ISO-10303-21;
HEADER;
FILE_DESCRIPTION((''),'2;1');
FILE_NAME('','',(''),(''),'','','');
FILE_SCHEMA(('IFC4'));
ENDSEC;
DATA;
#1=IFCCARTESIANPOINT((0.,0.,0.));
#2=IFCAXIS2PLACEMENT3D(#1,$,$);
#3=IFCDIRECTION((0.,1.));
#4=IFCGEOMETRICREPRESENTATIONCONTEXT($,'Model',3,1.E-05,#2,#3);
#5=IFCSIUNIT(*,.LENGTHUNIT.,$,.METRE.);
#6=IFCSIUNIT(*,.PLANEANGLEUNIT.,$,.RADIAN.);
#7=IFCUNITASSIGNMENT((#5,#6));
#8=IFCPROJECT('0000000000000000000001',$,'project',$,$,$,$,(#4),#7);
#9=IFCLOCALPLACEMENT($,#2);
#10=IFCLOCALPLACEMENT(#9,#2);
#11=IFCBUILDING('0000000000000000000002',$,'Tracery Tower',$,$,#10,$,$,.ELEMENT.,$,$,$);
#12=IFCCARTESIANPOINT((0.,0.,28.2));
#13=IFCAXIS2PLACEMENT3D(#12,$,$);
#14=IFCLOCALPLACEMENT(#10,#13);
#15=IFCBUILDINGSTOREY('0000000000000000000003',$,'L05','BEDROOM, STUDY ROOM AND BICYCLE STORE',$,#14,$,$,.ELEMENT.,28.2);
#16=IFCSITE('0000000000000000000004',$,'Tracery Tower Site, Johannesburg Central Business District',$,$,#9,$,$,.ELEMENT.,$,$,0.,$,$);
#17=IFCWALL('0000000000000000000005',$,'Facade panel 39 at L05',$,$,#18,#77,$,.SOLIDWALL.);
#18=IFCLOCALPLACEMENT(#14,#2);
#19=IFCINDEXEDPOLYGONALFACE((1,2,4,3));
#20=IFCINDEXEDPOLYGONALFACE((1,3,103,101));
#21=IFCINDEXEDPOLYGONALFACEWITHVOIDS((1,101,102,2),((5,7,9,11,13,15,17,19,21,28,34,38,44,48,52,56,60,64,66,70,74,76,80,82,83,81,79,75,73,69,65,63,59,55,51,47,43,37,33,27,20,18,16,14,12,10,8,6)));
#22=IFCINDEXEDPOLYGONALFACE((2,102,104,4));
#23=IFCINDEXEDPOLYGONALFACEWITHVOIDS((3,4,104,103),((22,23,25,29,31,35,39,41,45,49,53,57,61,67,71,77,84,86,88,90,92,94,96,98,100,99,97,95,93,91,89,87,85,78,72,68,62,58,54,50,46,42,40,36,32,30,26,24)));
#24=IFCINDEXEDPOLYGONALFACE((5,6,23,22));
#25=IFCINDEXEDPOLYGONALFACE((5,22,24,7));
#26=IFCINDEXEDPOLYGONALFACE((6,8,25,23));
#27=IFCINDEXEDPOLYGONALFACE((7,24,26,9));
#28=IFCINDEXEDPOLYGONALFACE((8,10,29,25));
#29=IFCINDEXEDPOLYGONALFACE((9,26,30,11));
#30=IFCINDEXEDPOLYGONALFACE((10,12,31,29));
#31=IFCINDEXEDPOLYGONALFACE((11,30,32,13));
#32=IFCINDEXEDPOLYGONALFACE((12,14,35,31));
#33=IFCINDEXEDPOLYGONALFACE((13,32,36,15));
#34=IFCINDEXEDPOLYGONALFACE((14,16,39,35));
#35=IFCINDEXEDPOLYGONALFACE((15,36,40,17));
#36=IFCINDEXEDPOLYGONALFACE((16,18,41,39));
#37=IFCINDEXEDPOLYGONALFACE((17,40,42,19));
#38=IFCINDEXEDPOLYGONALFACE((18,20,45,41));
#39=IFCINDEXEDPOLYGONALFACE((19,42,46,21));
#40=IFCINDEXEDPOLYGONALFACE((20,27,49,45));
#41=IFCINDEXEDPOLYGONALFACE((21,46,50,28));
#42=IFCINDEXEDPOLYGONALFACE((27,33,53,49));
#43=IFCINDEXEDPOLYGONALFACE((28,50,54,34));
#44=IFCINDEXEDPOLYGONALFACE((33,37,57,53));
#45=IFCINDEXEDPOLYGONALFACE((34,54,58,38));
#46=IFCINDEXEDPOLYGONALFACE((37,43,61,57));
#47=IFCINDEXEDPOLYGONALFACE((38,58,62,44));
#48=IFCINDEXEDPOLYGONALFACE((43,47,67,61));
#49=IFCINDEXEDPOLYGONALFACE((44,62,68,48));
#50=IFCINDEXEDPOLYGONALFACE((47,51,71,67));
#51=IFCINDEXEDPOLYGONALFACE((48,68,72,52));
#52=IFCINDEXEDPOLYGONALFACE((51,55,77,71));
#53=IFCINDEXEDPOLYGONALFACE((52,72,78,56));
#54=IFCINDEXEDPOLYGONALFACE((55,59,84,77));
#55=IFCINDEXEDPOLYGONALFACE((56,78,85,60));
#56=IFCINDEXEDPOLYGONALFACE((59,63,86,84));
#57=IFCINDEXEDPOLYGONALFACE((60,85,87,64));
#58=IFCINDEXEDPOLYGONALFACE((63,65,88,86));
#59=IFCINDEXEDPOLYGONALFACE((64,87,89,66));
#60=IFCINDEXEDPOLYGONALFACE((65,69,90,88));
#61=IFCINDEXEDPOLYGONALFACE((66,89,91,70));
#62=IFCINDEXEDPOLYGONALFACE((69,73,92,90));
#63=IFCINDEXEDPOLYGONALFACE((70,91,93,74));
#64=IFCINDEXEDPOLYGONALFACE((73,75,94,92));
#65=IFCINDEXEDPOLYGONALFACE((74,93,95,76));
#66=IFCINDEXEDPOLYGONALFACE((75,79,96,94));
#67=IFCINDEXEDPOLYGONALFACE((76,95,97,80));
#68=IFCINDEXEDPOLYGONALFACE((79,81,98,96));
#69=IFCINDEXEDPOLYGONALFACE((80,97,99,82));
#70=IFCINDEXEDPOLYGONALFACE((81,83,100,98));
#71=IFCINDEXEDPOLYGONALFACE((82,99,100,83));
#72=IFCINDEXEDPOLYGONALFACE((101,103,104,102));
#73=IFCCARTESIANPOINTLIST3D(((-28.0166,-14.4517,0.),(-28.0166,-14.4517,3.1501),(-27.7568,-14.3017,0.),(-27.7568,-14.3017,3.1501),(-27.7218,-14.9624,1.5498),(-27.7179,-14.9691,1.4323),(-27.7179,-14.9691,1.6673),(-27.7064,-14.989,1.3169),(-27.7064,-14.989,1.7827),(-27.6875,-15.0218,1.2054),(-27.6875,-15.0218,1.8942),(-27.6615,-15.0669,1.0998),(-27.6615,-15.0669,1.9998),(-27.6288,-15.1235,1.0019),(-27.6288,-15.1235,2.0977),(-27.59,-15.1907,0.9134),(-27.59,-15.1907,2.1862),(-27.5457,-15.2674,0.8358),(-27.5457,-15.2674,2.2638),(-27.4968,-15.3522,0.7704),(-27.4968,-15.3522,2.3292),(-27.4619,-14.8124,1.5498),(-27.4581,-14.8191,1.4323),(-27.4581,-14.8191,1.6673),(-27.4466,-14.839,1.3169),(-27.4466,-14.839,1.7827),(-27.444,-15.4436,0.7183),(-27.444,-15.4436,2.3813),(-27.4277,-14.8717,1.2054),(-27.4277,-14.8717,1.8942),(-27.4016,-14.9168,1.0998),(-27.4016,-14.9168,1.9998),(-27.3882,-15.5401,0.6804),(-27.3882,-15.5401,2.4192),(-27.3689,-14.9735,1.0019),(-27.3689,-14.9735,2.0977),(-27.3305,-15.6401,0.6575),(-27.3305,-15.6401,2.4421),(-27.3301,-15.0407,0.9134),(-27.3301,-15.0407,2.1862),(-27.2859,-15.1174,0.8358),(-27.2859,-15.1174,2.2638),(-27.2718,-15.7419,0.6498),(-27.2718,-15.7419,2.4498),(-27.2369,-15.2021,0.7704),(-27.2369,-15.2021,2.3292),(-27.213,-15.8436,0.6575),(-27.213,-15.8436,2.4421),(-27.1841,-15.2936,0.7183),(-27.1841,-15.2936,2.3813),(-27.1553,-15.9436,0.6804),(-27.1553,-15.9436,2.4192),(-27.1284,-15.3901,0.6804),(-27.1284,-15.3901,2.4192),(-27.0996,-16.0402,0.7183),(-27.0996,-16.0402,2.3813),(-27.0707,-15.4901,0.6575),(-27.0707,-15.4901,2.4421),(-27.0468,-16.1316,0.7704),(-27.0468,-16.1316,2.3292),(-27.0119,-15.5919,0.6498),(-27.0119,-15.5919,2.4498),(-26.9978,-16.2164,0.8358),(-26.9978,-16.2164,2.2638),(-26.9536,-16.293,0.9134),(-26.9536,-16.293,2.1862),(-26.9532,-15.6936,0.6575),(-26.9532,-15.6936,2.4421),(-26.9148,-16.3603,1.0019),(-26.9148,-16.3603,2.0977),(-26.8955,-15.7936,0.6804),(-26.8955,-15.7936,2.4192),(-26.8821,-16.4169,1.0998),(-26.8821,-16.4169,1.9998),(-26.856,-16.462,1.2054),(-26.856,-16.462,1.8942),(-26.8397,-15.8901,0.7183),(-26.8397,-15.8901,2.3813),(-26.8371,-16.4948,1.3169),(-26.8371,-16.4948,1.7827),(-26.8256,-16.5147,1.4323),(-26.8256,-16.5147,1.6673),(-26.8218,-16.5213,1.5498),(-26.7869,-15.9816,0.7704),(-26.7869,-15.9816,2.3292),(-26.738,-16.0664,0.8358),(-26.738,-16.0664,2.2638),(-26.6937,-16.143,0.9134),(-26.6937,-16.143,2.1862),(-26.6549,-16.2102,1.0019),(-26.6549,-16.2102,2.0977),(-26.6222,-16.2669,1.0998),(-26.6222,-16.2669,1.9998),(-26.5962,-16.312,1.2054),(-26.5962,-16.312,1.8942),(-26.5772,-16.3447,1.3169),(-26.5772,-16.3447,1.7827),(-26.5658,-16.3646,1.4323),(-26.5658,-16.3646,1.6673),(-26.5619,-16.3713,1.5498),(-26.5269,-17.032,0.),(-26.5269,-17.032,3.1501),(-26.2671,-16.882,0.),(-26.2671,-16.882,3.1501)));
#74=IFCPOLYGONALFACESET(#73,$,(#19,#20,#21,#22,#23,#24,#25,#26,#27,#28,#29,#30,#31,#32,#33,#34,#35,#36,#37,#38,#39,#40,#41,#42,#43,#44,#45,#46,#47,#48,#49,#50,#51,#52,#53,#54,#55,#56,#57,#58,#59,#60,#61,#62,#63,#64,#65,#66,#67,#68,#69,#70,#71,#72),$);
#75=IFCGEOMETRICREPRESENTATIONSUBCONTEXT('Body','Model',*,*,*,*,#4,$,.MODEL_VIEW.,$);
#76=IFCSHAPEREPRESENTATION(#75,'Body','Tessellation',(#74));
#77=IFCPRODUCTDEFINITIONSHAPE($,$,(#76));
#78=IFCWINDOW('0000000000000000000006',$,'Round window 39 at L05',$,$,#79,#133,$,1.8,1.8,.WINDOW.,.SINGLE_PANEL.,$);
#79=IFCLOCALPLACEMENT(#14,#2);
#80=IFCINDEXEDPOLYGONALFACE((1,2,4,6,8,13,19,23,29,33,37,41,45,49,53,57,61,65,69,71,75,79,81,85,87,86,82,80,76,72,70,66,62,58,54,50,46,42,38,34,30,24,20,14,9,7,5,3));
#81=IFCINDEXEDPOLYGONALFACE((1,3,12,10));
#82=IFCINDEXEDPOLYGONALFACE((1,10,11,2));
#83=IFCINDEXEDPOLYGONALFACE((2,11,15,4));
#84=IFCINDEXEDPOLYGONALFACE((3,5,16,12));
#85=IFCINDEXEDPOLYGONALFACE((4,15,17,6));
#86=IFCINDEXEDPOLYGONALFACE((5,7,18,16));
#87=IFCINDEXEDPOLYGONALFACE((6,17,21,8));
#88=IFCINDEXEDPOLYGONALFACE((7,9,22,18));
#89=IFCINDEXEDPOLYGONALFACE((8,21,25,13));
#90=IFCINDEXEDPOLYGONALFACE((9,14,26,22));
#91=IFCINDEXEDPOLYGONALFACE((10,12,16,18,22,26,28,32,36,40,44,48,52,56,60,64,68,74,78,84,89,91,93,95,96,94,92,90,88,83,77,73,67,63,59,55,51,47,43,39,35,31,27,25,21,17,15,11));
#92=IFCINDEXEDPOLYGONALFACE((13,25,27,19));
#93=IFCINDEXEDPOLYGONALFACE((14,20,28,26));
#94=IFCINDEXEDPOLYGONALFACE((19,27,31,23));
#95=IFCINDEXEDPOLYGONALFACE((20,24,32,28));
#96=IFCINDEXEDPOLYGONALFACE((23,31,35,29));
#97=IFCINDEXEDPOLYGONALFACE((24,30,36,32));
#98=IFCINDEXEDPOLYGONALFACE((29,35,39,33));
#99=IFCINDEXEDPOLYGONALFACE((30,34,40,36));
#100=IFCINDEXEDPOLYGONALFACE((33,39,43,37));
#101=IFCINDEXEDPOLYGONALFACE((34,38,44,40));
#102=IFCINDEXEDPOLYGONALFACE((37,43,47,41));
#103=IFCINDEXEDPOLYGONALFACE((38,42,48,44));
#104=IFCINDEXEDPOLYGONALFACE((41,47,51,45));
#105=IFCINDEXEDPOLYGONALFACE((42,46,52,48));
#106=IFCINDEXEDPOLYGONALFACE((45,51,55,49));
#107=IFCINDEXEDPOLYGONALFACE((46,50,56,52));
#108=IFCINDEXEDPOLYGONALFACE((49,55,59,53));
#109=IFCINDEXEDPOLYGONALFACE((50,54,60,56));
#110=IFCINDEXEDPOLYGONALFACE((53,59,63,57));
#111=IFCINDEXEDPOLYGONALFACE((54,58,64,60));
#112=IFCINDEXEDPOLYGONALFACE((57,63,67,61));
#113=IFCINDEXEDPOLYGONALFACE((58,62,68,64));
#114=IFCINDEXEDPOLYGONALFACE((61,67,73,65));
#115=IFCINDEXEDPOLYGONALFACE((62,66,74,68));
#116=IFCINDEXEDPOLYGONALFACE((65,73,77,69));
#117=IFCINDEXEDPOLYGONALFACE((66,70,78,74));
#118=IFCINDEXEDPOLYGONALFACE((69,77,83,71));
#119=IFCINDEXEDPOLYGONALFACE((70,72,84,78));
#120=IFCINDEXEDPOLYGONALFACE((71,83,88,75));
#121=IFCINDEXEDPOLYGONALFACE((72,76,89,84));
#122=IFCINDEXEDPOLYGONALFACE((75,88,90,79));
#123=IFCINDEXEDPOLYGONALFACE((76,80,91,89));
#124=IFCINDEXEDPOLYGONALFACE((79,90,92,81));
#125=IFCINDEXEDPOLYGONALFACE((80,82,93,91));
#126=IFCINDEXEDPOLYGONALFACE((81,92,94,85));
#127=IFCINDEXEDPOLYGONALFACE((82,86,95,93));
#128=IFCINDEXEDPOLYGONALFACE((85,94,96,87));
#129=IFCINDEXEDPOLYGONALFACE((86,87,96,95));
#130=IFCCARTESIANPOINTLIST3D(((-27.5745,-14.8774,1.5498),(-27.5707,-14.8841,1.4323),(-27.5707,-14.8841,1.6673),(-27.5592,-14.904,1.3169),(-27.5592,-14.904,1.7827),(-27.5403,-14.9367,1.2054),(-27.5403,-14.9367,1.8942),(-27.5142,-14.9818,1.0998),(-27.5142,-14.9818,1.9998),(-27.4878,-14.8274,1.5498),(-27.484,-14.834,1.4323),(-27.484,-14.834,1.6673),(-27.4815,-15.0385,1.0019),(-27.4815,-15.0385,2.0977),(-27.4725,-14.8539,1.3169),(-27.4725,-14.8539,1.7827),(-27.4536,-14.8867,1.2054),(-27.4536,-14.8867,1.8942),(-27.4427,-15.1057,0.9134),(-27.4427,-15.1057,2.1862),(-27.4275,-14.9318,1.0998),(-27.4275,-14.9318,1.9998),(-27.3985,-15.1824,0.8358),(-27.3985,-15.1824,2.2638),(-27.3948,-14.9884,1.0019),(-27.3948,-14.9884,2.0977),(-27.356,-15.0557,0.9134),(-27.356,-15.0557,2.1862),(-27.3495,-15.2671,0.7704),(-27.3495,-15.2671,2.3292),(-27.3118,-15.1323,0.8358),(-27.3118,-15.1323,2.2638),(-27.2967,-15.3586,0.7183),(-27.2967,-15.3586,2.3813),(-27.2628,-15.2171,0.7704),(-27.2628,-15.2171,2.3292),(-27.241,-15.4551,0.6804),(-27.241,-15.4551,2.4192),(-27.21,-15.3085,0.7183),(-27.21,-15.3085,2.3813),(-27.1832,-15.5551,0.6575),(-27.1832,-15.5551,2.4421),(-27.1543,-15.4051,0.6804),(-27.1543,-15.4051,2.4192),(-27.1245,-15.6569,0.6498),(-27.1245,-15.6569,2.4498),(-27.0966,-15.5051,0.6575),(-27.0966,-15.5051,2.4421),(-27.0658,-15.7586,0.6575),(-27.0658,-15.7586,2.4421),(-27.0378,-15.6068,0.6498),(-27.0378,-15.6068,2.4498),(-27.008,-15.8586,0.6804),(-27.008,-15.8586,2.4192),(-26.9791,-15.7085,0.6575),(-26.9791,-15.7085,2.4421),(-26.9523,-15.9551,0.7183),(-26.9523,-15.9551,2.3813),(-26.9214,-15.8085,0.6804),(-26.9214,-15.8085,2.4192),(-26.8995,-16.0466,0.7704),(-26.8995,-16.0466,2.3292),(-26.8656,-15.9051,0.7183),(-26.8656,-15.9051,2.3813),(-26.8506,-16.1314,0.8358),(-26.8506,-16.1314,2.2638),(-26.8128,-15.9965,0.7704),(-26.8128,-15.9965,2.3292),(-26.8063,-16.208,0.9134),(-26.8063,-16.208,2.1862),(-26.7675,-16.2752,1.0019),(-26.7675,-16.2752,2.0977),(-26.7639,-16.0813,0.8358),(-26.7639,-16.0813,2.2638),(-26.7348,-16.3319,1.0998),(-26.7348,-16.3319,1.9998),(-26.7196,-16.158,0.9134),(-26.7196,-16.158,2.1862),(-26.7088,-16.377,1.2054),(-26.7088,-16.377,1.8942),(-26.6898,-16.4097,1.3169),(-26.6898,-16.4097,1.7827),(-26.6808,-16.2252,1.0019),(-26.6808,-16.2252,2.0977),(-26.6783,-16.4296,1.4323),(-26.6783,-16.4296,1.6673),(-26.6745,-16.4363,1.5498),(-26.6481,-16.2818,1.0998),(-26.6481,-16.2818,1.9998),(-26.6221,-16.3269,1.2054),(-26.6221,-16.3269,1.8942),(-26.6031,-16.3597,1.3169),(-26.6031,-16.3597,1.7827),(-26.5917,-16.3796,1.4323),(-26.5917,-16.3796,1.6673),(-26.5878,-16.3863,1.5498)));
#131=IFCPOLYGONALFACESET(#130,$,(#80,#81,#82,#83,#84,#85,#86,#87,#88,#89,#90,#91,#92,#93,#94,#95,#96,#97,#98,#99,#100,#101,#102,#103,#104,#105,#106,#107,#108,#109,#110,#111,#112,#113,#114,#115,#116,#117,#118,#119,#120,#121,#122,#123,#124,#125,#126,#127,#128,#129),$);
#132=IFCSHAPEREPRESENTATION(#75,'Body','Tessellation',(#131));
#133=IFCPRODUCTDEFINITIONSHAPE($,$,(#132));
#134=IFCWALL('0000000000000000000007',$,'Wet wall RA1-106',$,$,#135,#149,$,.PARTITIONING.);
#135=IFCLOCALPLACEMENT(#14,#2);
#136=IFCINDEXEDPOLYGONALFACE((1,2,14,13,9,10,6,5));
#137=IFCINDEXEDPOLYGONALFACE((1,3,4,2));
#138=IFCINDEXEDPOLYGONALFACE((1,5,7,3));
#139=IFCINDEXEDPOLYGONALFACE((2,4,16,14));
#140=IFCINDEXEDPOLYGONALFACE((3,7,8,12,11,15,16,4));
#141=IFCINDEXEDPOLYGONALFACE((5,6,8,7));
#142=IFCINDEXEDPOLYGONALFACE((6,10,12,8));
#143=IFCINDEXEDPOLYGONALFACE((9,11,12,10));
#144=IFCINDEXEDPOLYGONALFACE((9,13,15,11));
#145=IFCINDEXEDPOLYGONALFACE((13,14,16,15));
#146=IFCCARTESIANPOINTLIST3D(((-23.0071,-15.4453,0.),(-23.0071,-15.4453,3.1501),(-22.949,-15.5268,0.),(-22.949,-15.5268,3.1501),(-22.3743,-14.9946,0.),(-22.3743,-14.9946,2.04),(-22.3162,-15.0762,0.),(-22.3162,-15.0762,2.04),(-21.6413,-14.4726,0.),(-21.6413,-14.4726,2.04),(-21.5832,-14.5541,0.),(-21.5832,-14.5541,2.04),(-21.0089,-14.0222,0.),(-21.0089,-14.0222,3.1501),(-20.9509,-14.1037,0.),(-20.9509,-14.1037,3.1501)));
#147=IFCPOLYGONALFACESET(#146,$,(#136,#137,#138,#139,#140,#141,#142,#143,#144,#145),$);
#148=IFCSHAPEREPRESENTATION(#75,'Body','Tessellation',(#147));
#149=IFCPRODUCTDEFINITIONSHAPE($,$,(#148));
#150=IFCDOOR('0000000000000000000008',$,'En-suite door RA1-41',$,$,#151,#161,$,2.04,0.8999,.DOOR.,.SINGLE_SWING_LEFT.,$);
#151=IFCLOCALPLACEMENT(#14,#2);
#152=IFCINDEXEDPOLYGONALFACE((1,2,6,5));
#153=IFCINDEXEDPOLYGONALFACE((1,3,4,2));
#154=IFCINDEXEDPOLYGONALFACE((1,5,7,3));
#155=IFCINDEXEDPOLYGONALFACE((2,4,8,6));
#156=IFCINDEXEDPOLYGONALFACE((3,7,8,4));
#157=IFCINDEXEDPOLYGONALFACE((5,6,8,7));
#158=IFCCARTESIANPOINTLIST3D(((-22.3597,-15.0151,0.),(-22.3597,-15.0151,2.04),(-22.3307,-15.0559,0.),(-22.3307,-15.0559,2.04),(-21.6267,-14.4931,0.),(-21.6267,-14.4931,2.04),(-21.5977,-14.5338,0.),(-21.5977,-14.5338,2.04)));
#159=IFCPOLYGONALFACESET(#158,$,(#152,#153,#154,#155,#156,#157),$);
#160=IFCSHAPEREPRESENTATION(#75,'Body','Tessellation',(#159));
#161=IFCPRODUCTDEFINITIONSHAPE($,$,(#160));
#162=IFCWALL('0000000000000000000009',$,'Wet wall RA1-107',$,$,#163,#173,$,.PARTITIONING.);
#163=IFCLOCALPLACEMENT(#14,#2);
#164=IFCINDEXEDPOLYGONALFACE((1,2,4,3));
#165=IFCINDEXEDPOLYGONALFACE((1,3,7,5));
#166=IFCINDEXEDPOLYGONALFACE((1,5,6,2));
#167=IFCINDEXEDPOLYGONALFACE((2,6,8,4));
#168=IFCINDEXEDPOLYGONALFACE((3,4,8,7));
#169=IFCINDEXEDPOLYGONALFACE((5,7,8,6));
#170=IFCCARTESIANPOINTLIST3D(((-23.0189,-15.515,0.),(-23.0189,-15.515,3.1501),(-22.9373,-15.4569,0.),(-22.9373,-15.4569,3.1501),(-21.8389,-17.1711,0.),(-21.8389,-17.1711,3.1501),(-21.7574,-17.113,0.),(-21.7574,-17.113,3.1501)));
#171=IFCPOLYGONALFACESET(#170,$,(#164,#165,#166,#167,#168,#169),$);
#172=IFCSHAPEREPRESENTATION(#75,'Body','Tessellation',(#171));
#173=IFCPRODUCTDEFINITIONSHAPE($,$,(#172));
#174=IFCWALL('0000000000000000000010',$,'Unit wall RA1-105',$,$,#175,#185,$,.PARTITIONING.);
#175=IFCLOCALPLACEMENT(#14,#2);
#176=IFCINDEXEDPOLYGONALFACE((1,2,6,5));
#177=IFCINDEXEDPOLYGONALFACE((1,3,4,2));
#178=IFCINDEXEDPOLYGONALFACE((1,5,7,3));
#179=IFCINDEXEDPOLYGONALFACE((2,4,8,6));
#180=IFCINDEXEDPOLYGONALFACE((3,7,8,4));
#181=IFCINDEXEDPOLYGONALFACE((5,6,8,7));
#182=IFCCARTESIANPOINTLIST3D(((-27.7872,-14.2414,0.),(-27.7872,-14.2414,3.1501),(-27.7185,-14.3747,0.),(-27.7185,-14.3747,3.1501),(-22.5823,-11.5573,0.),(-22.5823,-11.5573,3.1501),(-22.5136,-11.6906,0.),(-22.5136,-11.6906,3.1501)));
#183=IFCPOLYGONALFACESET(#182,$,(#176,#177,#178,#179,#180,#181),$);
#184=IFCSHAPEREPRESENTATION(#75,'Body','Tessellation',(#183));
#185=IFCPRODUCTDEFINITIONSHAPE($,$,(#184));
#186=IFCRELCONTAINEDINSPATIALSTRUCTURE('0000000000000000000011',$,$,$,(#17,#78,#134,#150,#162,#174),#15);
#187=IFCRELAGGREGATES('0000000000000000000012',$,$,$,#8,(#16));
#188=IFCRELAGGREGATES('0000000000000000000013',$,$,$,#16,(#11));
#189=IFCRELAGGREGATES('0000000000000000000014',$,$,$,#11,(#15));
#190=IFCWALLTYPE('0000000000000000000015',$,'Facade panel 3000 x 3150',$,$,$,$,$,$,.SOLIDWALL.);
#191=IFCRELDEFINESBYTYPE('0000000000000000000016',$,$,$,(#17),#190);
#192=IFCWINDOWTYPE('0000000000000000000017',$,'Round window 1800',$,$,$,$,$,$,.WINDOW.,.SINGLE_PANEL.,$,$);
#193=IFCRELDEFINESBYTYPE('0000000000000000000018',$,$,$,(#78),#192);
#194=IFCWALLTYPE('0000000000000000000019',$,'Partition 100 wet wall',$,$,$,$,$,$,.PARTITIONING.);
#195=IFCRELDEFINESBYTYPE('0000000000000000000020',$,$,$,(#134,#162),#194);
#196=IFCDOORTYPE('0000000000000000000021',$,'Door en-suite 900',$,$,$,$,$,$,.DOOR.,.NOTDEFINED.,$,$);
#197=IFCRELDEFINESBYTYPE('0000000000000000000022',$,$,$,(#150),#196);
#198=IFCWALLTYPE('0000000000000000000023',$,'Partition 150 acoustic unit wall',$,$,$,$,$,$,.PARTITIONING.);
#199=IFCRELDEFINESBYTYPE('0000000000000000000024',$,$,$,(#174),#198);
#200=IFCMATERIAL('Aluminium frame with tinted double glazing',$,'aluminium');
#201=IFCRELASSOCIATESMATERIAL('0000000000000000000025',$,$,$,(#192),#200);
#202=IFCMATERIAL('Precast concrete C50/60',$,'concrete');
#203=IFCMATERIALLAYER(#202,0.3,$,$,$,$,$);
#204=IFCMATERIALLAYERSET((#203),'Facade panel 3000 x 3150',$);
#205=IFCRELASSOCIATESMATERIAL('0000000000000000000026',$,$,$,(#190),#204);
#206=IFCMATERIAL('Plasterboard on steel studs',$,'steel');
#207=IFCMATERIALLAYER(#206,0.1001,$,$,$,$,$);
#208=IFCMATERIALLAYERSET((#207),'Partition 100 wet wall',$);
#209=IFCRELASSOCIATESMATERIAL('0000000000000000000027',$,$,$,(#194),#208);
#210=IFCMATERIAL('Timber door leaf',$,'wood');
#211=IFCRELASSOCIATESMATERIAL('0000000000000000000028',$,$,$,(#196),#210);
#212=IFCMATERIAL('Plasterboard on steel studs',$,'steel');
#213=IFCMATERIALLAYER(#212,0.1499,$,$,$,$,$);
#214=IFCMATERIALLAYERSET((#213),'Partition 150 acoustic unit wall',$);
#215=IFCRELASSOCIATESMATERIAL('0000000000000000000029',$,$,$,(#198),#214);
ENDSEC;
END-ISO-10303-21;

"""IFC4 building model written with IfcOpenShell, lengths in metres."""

from ifc_helpers import new_model, si_unit, direction, frame, frame_2d, origin, origin_2d, place, context, subcontext, project, spatial, rectangle, circle, extrude, material, layer, layer_set, type_object, element, fill, save


model = new_model("IFC4")

# Units and contexts
model_context = context("Model", 3, precision=1e-05, world=origin(), true_north=direction((0.0, 1.0)))
body_context = subcontext(model_context, "Body", "Model", "MODEL_VIEW")
ifc_project = project(units=[si_unit("LENGTHUNIT", "METRE"), si_unit("PLANEANGLEUNIT", "RADIAN")], contexts=[model_context])

# Site, building, storey
site_placement = place(None, origin())
site = spatial("IfcSite", under=ifc_project, at=site_placement, Name="Tracery Tower Site, Johannesburg Central Business District", CompositionType="ELEMENT", RefElevation=0.0)
building_placement = place(site_placement, origin())
building = spatial("IfcBuilding", under=site, at=building_placement, Name="Tracery Tower", CompositionType="ELEMENT")
storey_placement = place(building_placement, frame((0.0, 0.0, 28.2)))
storey = spatial("IfcBuildingStorey", under=building, at=storey_placement, Name="L05", Description="BEDROOM, STUDY ROOM AND BICYCLE STORE", CompositionType="ELEMENT", Elevation=28.2)

# Wall, opening, window
ifc_material_1 = material(Name="Aluminium frame with tinted double glazing", Category="aluminium")
window_type = type_object("IfcWindowType", Name="Round window 1800", PartitioningType="SINGLE_PANEL", PredefinedType="WINDOW", material=ifc_material_1)
ifc_material_2 = material(Name="Precast concrete C50/60", Category="concrete")
ifc_layer_1 = layer(ifc_material_2, 0.3)
ifc_layer_set_1 = layer_set([ifc_layer_1], Name="Facade panel 3000 x 3150")
wall_type_1 = type_object("IfcWallType", Name="Facade panel 3000 x 3150", PredefinedType="SOLIDWALL", material=ifc_layer_set_1)
wall_1_placement = place(storey_placement, frame((-27.8867, -14.3767, 0.0), z_axis=(0.0, 0.0, 1.0), x_axis=(0.499999, -0.866026, 0.0)))
wall_1 = element("IfcWall", 1, at=wall_1_placement, inside=storey, type_object=wall_type_1, Name="Facade panel 39 at L05", PredefinedType="SOLIDWALL", context=body_context, shape_type="SweptSolid", body=[
    extrude(rectangle(XDim=2.9795, YDim=0.3, at=frame_2d((1.4897, 0.0))), origin(), (0.0, 0.0, 1.0), 3.1501),
])
opening_1_placement = place(wall_1_placement, frame((1.4897, 0.0, 1.5498)))
opening_1 = element("IfcOpeningElement", 2, at=opening_1_placement, cuts=wall_1, PredefinedType="OPENING", context=body_context, shape_type="SweptSolid", body=[
    extrude(circle(Radius=0.9, at=origin_2d()), frame((0.0, 0.1599, 0.0), z_axis=(0.0, -1.0, 0.0), x_axis=(1.0, 0.0, 0.0)), (0.0, 0.0, 1.0), 0.3201),
])
window_1_placement = place(opening_1_placement, origin())
window_1 = element("IfcWindow", 3, at=window_1_placement, inside=storey, type_object=window_type, Name="Round window 39 at L05", OverallHeight=1.8, OverallWidth=1.8, PartitioningType="SINGLE_PANEL", PredefinedType="WINDOW", context=body_context, shape_type="SweptSolid", body=[
    extrude(circle(Radius=0.9, at=origin_2d()), frame((0.0, 0.1201, 0.0), z_axis=(0.0, -1.0, 0.0), x_axis=(1.0, 0.0, 0.0)), (0.0, 0.0, 1.0), 0.1001),
])
fill(opening_1, window_1)

# Wall, opening, door
ifc_material_3 = material(Name="Plasterboard on steel studs", Category="steel")
ifc_layer_2 = layer(ifc_material_3, 0.1001)
ifc_layer_set_2 = layer_set([ifc_layer_2], Name="Partition 100 wet wall")
wall_type_2 = type_object("IfcWallType", Name="Partition 100 wet wall", PredefinedType="PARTITIONING", material=ifc_layer_set_2)
wall_2_placement = place(storey_placement, frame((-22.978, -15.4861, 0.0), z_axis=(0.0, 0.0, 1.0), x_axis=(0.81452, 0.580136, 0.0)))
wall_2 = element("IfcWall", 4, at=wall_2_placement, inside=storey, type_object=wall_type_2, Name="Wet wall RA1-106", PredefinedType="PARTITIONING", context=body_context, shape_type="SweptSolid", body=[
    extrude(rectangle(XDim=2.4531, YDim=0.1001, at=frame_2d((1.2266, 0.0))), origin(), (0.0, 0.0, 1.0), 3.1501),
])
opening_2_placement = place(wall_2_placement, frame((0.7769, 0.0, 0.0)))
opening_2 = element("IfcOpeningElement", 5, at=opening_2_placement, cuts=wall_2, PredefinedType="OPENING", context=body_context, shape_type="SweptSolid", body=[
    extrude(rectangle(XDim=0.8999, YDim=2.04, at=frame_2d((0.45, 1.02))), frame((0.0, 0.05, 0.0), z_axis=(0.0, -1.0, 0.0), x_axis=(1.0, 0.0, 0.0)), (0.0, 0.0, 1.0), 0.1001),
])
ifc_material_4 = material(Name="Timber door leaf", Category="wood")
door_type = type_object("IfcDoorType", Name="Door en-suite 900", OperationType="NOTDEFINED", PredefinedType="DOOR", material=ifc_material_4)
door_placement = place(opening_2_placement, origin())
door = element("IfcDoor", 6, at=door_placement, inside=storey, type_object=door_type, Name="En-suite door RA1-41", OperationType="SINGLE_SWING_LEFT", OverallHeight=2.04, OverallWidth=0.8999, PredefinedType="DOOR", context=body_context, shape_type="SweptSolid", body=[
    extrude(rectangle(XDim=0.8999, YDim=2.04, at=frame_2d((0.45, 1.02))), frame((0.0, 0.0249, 0.0), z_axis=(0.0, -1.0, 0.0), x_axis=(1.0, 0.0, 0.0)), (0.0, 0.0, 1.0), 0.05),
])
fill(opening_2, door)

# Walls
wall_3_placement = place(storey_placement, frame((-22.978, -15.4861, 0.0), z_axis=(0.0, 0.0, 1.0), x_axis=(0.580284, -0.814414, 0.0)))
element("IfcWall", 7, at=wall_3_placement, inside=storey, type_object=wall_type_2, Name="Wet wall RA1-107", PredefinedType="PARTITIONING", context=body_context, shape_type="SweptSolid", body=[
    extrude(rectangle(XDim=2.0334, YDim=0.1001, at=frame_2d((1.0166, 0.0))), origin(), (0.0, 0.0, 1.0), 3.1501),
])
ifc_material_5 = material(Name="Plasterboard on steel studs", Category="steel")
ifc_layer_3 = layer(ifc_material_5, 0.1499)
ifc_layer_set_3 = layer_set([ifc_layer_3], Name="Partition 150 acoustic unit wall")
wall_type_3 = type_object("IfcWallType", Name="Partition 150 acoustic unit wall", PredefinedType="PARTITIONING", material=ifc_layer_set_3)
wall_4_placement = place(storey_placement, frame((-27.7529, -14.3081, 0.0), z_axis=(0.0, 0.0, 1.0), x_axis=(0.88878, 0.458335, 0.0)))
element("IfcWall", 8, at=wall_4_placement, inside=storey, type_object=wall_type_3, Name="Unit wall RA1-105", PredefinedType="PARTITIONING", context=body_context, shape_type="SweptSolid", body=[
    extrude(rectangle(XDim=5.8562, YDim=0.1499, at=frame_2d((2.9282, 0.0))), origin(), (0.0, 0.0, 1.0), 3.1501),
])

save(model, "model.ifc")
